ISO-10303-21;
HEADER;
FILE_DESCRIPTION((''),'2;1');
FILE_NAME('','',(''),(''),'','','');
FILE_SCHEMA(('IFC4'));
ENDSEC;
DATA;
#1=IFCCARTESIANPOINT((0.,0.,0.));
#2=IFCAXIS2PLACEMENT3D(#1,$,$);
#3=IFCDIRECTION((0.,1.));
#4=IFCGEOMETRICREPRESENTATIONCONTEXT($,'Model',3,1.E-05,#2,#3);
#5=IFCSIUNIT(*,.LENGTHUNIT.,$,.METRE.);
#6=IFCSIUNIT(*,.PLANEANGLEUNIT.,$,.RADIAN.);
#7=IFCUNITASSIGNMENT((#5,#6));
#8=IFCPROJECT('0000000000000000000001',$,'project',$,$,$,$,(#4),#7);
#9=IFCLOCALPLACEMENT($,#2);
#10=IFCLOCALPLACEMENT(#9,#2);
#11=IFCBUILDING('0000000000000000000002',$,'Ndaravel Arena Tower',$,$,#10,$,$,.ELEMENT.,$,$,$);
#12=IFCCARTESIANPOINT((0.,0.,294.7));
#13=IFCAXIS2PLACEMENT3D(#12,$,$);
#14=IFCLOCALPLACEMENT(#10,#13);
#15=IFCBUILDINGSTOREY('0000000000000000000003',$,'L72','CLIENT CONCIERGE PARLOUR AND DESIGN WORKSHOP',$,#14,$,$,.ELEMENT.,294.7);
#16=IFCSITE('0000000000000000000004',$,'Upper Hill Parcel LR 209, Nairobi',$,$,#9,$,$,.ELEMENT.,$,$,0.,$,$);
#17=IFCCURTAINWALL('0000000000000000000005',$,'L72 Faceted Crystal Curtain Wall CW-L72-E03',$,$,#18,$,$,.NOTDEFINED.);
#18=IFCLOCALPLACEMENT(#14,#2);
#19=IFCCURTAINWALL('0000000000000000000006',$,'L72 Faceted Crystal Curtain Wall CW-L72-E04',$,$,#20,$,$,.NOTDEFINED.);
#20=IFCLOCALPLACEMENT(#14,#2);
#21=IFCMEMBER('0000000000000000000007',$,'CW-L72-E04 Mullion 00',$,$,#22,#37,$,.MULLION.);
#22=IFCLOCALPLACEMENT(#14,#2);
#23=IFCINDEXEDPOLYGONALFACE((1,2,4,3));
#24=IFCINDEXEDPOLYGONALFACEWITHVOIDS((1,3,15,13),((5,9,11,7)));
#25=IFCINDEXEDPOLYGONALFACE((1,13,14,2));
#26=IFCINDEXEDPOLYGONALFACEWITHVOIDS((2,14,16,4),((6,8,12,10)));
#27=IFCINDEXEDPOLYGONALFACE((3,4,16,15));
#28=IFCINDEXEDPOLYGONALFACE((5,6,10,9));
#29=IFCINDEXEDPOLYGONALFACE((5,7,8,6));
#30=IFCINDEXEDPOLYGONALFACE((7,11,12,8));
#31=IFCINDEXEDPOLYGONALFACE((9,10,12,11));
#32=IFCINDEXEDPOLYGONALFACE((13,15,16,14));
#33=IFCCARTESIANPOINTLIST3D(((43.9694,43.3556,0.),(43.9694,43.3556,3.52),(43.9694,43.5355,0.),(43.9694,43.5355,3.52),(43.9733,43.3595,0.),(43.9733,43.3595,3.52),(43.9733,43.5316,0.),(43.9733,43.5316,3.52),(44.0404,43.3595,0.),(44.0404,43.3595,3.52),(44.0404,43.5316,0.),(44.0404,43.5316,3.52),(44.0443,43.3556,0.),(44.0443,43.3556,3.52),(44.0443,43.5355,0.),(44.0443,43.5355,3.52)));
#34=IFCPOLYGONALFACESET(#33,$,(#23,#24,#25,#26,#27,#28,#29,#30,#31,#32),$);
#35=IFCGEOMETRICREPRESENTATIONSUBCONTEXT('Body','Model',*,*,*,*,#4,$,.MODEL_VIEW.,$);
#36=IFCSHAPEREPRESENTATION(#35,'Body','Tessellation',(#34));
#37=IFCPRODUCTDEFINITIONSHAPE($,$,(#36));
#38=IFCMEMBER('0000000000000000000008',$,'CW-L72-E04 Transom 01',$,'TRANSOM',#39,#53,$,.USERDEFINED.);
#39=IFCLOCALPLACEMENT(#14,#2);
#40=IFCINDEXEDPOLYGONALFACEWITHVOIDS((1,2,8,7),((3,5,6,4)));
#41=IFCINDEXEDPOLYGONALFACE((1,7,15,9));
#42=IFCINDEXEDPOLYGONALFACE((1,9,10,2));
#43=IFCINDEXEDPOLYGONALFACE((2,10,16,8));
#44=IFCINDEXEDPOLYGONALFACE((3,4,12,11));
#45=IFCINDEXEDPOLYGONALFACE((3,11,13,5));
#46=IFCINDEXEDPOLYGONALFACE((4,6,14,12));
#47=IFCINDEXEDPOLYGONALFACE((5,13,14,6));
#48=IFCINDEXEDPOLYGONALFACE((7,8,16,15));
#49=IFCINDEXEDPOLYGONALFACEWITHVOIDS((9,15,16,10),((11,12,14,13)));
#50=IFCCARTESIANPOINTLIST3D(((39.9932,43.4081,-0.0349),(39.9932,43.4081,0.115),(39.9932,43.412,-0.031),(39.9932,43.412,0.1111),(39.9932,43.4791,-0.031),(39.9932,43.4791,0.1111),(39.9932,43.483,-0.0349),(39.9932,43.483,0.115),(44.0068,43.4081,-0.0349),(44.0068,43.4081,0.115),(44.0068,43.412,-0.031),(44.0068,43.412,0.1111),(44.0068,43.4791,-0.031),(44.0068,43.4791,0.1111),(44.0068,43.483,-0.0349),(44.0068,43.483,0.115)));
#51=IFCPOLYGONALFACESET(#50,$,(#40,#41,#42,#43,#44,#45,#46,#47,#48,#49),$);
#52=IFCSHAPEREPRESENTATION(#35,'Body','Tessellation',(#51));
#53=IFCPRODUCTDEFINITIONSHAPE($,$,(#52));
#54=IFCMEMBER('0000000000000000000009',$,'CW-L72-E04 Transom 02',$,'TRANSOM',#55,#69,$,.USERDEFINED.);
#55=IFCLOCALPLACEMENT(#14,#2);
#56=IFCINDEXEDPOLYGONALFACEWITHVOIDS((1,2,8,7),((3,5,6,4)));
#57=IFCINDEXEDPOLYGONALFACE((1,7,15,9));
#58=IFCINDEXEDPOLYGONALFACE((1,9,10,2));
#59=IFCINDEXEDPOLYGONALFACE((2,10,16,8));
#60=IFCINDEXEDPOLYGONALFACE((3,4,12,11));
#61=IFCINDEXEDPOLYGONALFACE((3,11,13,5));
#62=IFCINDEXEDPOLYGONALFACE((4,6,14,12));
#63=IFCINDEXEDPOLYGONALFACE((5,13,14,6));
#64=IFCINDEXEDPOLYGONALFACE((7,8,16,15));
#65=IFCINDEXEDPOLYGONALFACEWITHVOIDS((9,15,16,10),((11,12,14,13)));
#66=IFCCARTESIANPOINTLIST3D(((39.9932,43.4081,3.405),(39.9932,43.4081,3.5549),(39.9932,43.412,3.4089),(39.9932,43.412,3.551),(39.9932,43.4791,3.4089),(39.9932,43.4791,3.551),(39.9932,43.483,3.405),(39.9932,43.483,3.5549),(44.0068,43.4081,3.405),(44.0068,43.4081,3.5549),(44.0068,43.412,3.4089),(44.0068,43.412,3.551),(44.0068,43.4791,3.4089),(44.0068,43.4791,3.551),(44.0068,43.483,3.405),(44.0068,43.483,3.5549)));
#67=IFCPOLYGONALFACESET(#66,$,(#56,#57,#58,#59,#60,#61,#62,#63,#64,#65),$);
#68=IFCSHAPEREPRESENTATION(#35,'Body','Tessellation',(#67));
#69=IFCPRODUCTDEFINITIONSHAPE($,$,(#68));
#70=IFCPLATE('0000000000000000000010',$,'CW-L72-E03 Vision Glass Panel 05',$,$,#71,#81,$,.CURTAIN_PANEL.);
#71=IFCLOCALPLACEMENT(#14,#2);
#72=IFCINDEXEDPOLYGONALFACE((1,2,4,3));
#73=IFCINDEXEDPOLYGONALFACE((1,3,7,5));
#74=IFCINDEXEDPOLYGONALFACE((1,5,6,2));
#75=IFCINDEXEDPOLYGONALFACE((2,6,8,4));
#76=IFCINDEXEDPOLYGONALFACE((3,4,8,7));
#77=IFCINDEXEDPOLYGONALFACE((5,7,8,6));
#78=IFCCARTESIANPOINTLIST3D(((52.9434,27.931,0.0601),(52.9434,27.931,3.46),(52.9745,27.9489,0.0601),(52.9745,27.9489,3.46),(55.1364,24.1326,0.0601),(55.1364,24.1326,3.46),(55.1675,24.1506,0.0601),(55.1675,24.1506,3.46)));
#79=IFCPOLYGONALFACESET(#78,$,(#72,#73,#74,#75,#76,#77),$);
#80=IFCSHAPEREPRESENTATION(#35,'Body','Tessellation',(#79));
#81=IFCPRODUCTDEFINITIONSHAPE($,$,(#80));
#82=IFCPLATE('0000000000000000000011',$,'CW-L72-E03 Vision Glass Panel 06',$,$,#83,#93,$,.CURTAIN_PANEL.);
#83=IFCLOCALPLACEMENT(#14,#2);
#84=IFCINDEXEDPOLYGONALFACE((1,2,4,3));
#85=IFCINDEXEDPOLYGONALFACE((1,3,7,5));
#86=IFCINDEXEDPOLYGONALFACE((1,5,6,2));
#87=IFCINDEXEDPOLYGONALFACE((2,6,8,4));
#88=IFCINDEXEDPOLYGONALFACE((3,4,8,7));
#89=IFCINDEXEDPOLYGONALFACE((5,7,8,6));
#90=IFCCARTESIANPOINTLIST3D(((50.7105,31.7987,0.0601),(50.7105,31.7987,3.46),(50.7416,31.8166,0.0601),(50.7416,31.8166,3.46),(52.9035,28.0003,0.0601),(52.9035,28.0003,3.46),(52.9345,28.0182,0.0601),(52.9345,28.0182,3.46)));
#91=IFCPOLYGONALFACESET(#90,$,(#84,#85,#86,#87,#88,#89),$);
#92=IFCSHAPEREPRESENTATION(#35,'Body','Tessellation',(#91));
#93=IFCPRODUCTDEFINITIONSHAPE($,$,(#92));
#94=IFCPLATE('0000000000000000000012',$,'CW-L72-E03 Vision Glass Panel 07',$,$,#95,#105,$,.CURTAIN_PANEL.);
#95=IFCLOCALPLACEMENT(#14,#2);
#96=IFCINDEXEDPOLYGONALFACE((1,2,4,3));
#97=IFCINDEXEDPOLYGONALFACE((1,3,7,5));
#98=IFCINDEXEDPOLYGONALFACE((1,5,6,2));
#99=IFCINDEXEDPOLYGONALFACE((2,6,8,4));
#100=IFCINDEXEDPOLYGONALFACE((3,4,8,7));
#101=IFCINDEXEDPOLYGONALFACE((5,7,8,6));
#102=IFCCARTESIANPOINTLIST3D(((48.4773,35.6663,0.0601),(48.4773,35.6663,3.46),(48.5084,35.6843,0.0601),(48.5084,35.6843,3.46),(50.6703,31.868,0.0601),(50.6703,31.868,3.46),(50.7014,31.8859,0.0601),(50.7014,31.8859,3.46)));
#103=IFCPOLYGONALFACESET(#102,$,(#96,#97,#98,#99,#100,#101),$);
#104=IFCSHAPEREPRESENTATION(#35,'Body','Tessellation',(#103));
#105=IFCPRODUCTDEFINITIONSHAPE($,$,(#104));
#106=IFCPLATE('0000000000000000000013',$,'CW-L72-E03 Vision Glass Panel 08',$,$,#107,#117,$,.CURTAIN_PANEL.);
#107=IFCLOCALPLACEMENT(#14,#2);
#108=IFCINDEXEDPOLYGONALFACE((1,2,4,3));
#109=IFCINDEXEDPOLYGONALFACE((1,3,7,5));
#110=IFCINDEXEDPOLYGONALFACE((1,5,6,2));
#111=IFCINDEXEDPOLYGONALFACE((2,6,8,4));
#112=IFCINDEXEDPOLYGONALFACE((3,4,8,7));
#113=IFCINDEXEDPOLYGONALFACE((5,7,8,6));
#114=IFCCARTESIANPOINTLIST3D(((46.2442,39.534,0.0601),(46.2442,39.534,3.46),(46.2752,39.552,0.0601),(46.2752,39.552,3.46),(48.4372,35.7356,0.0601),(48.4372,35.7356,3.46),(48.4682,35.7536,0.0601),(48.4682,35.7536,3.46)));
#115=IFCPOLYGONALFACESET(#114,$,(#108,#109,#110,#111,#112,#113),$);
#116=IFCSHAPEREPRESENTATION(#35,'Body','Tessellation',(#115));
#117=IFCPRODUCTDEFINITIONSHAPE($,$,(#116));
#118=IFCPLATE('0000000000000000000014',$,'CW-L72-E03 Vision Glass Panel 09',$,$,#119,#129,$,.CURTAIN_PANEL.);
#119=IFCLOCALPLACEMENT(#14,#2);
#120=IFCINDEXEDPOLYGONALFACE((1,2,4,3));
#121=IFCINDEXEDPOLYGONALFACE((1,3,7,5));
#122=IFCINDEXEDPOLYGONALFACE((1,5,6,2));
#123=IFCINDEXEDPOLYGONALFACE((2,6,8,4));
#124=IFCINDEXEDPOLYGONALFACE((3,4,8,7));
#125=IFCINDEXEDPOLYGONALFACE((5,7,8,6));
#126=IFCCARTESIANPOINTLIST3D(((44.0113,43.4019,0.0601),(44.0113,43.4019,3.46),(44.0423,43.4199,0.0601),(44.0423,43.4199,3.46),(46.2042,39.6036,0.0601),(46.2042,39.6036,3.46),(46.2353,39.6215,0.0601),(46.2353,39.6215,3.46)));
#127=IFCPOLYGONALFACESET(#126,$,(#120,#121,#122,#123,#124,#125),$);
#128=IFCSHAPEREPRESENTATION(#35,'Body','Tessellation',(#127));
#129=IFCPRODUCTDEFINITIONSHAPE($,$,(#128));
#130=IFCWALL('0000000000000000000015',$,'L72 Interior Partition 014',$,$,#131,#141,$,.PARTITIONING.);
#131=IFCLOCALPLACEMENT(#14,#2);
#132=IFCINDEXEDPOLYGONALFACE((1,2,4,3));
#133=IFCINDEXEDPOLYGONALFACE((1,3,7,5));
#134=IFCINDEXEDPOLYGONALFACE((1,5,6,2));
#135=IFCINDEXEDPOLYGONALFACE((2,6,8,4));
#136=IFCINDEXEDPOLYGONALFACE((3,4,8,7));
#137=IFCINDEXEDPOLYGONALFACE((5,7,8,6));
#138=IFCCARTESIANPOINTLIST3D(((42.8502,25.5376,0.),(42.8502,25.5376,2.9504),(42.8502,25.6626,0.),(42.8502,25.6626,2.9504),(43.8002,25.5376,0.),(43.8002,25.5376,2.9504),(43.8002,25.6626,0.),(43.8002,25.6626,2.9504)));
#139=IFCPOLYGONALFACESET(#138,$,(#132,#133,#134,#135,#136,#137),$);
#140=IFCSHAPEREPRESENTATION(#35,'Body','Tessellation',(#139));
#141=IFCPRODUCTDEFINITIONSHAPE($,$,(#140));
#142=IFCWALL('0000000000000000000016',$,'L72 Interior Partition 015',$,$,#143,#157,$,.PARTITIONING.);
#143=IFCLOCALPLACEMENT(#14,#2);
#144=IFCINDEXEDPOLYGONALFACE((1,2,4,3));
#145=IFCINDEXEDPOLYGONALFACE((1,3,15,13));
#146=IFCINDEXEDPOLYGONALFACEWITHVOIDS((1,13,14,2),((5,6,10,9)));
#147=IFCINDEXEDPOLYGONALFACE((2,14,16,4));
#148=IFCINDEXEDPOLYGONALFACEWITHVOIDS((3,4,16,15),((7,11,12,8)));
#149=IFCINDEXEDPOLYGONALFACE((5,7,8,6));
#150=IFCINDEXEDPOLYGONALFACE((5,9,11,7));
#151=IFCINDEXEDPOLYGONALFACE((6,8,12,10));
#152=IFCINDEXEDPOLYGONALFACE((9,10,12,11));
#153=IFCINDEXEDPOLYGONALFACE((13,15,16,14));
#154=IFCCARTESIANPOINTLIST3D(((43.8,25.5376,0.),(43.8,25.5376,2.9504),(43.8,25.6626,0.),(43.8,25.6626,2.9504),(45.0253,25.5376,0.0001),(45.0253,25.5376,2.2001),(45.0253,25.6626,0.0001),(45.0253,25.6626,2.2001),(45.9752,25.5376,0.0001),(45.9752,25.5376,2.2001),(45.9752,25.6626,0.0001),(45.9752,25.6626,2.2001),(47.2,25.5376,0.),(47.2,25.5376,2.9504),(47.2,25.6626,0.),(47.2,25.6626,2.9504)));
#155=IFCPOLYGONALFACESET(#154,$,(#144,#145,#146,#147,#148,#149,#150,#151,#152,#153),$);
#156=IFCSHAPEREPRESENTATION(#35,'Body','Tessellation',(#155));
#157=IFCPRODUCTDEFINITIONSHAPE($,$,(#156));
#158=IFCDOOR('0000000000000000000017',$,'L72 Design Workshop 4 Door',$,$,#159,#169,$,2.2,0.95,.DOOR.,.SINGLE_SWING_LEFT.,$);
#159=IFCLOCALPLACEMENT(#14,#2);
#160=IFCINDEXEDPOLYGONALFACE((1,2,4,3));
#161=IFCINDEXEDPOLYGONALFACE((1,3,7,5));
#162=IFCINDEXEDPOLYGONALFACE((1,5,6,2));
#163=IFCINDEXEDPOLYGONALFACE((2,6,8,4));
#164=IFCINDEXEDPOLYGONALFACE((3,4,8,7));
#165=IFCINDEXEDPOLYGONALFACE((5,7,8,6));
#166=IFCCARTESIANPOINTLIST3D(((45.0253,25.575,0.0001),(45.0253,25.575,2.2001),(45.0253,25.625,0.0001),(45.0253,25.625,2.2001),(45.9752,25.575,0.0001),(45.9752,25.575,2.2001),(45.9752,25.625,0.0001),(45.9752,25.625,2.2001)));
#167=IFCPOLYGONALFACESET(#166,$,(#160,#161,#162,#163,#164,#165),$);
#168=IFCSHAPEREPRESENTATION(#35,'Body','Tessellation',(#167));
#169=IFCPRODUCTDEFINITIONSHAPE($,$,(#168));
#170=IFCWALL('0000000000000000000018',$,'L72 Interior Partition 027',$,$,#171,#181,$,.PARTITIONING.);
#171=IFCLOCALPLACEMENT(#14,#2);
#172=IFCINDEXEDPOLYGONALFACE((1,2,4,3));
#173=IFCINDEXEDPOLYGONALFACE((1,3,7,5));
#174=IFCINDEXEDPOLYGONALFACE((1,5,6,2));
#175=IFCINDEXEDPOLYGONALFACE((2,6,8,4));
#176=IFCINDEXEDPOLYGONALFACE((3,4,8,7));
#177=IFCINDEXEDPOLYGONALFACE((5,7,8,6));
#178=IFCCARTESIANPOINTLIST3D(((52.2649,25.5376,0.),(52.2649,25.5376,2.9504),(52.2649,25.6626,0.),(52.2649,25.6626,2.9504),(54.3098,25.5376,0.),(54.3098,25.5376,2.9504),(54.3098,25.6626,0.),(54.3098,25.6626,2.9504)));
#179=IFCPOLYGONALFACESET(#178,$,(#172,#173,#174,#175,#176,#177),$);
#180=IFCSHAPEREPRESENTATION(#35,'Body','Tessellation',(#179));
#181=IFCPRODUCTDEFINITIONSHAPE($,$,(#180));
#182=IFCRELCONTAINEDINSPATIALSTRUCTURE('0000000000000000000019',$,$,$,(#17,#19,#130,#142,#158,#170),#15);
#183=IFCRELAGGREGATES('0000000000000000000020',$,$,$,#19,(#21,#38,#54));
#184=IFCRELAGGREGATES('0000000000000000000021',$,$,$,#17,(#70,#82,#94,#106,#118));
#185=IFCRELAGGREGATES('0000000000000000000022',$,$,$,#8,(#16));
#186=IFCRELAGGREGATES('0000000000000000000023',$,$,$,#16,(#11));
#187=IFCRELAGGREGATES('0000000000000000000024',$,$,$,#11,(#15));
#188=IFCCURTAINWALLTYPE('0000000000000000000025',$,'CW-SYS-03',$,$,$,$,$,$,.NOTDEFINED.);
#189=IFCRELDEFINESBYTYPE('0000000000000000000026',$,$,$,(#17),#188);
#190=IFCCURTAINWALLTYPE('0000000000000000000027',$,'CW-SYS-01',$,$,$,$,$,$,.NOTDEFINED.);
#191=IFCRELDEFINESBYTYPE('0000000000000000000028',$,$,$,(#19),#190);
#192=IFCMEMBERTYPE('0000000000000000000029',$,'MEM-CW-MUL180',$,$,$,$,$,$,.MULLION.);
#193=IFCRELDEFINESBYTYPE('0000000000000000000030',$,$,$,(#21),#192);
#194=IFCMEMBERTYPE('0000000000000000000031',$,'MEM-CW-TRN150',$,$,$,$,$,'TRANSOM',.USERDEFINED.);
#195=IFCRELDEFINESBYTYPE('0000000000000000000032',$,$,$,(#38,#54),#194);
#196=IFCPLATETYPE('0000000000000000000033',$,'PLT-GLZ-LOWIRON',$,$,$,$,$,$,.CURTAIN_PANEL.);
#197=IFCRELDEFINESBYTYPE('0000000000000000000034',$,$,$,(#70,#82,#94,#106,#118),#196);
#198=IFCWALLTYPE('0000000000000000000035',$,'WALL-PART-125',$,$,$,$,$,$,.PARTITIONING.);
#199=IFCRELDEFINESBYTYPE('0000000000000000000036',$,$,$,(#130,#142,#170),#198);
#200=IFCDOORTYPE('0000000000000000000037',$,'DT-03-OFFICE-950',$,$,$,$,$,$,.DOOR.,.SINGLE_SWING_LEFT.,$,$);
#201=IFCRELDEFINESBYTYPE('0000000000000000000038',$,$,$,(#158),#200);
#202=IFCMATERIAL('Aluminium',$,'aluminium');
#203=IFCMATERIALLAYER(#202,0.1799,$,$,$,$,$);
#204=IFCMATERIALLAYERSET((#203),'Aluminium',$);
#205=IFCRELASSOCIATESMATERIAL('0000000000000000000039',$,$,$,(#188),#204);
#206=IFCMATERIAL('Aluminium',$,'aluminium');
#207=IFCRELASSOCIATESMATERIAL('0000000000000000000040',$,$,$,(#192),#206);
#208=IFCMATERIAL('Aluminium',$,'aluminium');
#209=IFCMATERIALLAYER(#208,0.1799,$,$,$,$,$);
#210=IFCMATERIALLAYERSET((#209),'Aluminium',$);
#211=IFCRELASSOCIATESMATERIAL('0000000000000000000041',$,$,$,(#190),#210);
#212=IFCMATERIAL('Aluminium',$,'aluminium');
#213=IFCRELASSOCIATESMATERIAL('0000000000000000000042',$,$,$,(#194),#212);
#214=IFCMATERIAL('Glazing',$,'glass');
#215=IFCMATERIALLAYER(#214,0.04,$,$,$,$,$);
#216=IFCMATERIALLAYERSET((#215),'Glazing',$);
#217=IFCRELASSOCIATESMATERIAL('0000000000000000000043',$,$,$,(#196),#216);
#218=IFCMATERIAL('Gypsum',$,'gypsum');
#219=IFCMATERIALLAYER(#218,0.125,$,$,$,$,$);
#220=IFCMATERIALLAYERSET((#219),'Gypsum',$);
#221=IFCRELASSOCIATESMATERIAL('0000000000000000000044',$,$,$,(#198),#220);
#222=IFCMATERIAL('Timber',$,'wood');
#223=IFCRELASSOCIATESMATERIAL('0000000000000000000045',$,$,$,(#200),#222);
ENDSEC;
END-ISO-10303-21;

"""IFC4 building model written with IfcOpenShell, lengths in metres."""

from ifc_helpers import new_model, si_unit, direction, frame, frame_2d, origin, origin_2d, place, context, subcontext, project, spatial, rectangle, hollow_rectangle, extrude, material, layer, layer_set, material_profile, profile_set, type_object, element, fill, aggregate, save


model = new_model("IFC4")

# Units and contexts
model_context = context("Model", 3, precision=1e-05, world=origin(), true_north=direction((0.0, 1.0)))
body_context = subcontext(model_context, "Body", "Model", "MODEL_VIEW")
ifc_project = project(units=[si_unit("LENGTHUNIT", "METRE"), si_unit("PLANEANGLEUNIT", "RADIAN")], contexts=[model_context])

# Site, building, storey
site_placement = place(None, origin())
site = spatial("IfcSite", under=ifc_project, at=site_placement, Name="Upper Hill Parcel LR 209, Nairobi", CompositionType="ELEMENT", RefElevation=0.0)
building_placement = place(site_placement, origin())
building = spatial("IfcBuilding", under=site, at=building_placement, Name="Ndaravel Arena Tower", CompositionType="ELEMENT")
storey_placement = place(building_placement, frame((0.0, 0.0, 294.7)))
storey = spatial("IfcBuildingStorey", under=building, at=storey_placement, Name="L72", Description="CLIENT CONCIERGE PARLOUR AND DESIGN WORKSHOP", CompositionType="ELEMENT", Elevation=294.7)

# Curtain walls, members
ifc_material_1 = material(Name="Aluminium", Category="aluminium")
ifc_layer_1 = layer(ifc_material_1, 0.1799)
ifc_layer_set_1 = layer_set([ifc_layer_1], Name="Aluminium")
curtain_wall_type_1 = type_object("IfcCurtainWallType", Name="CW-SYS-03", PredefinedType="NOTDEFINED", material=ifc_layer_set_1)
curtain_wall_1_placement = place(storey_placement, origin())
curtain_wall_1 = element("IfcCurtainWall", 1, at=curtain_wall_1_placement, inside=storey, type_object=curtain_wall_type_1, Name="L72 Faceted Crystal Curtain Wall CW-L72-E03", PredefinedType="NOTDEFINED")
ifc_material_2 = material(Name="Aluminium", Category="aluminium")
ifc_material_profile_1 = material_profile(ifc_material_2, hollow_rectangle(XDim=0.075, YDim=0.1799, WallThickness=0.0039, at=origin_2d()), Name="CW MULLION 75x180x4")
ifc_profile_set_1 = profile_set([ifc_material_profile_1], Name="Aluminium")
member_type_1 = type_object("IfcMemberType", Name="MEM-CW-MUL180", PredefinedType="MULLION", material=ifc_profile_set_1)
ifc_material_3 = material(Name="Aluminium", Category="aluminium")
ifc_layer_2 = layer(ifc_material_3, 0.1799)
ifc_layer_set_2 = layer_set([ifc_layer_2], Name="Aluminium")
curtain_wall_type_2 = type_object("IfcCurtainWallType", Name="CW-SYS-01", PredefinedType="NOTDEFINED", material=ifc_layer_set_2)
curtain_wall_2_placement = place(storey_placement, origin())
curtain_wall_2 = element("IfcCurtainWall", 2, at=curtain_wall_2_placement, inside=storey, type_object=curtain_wall_type_2, Name="L72 Faceted Crystal Curtain Wall CW-L72-E04", PredefinedType="NOTDEFINED")
member_1_placement = place(storey_placement, frame((44.0068, 43.4456, 0.0), z_axis=(0.0, 0.0, 1.0), x_axis=(-1.0, 0.0, 0.0)))
member_1 = element("IfcMember", 3, at=member_1_placement, type_object=member_type_1, Name="CW-L72-E04 Mullion 00", PredefinedType="MULLION", context=body_context, shape_type="SweptSolid", body=[
    extrude(hollow_rectangle(XDim=0.075, YDim=0.1799, WallThickness=0.0039, at=origin_2d()), origin(), (0.0, 0.0, 1.0), 3.52),
])
ifc_material_4 = material(Name="Aluminium", Category="aluminium")
ifc_material_profile_2 = material_profile(ifc_material_4, hollow_rectangle(XDim=0.075, YDim=0.1499, WallThickness=0.0039, at=origin_2d()), Name="CW TRANSOM 75x150x4")
ifc_profile_set_2 = profile_set([ifc_material_profile_2], Name="Aluminium")
member_type_2 = type_object("IfcMemberType", Name="MEM-CW-TRN150", ElementType="TRANSOM", PredefinedType="USERDEFINED", material=ifc_profile_set_2)
member_2_placement = place(storey_placement, frame((44.0068, 43.4456, 0.04), z_axis=(-1.0, 0.0, 0.0), x_axis=(0.0, -1.0, 0.0)))
member_2 = element("IfcMember", 4, at=member_2_placement, type_object=member_type_2, Name="CW-L72-E04 Transom 01", ObjectType="TRANSOM", PredefinedType="USERDEFINED", context=body_context, shape_type="SweptSolid", body=[
    extrude(hollow_rectangle(XDim=0.075, YDim=0.1499, WallThickness=0.0039, at=origin_2d()), origin(), (0.0, 0.0, 1.0), 4.0137),
])
member_3_placement = place(storey_placement, frame((44.0068, 43.4456, 3.48), z_axis=(-1.0, 0.0, 0.0), x_axis=(0.0, -1.0, 0.0)))
member_3 = element("IfcMember", 5, at=member_3_placement, type_object=member_type_2, Name="CW-L72-E04 Transom 02", ObjectType="TRANSOM", PredefinedType="USERDEFINED", context=body_context, shape_type="SweptSolid", body=[
    extrude(hollow_rectangle(XDim=0.075, YDim=0.1499, WallThickness=0.0039, at=origin_2d()), origin(), (0.0, 0.0, 1.0), 4.0137),
])
aggregate(curtain_wall_2, [member_1, member_2, member_3])

# Plates
ifc_material_5 = material(Name="Glazing", Category="glass")
ifc_layer_3 = layer(ifc_material_5, 0.04)
ifc_layer_set_3 = layer_set([ifc_layer_3], Name="Glazing")
plate_type = type_object("IfcPlateType", Name="PLT-GLZ-LOWIRON", PredefinedType="CURTAIN_PANEL", material=ifc_layer_set_3)
plate_1_placement = place(storey_placement, frame((54.0554, 26.0408, 0.0601), z_axis=(0.0, 0.0, 1.0), x_axis=(-0.5, 0.866025, 0.0)))
plate_1 = element("IfcPlate", 6, at=plate_1_placement, type_object=plate_type, Name="CW-L72-E03 Vision Glass Panel 05", PredefinedType="CURTAIN_PANEL", context=body_context, shape_type="SweptSolid", body=[
    extrude(rectangle(XDim=4.386, YDim=0.0359, at=origin_2d()), origin(), (0.0, 0.0, 1.0), 3.3999),
])
plate_2_placement = place(storey_placement, frame((51.8225, 29.9084, 0.0601), z_axis=(0.0, 0.0, 1.0), x_axis=(-0.5, 0.866025, 0.0)))
plate_2 = element("IfcPlate", 7, at=plate_2_placement, type_object=plate_type, Name="CW-L72-E03 Vision Glass Panel 06", PredefinedType="CURTAIN_PANEL", context=body_context, shape_type="SweptSolid", body=[
    extrude(rectangle(XDim=4.386, YDim=0.0359, at=origin_2d()), origin(), (0.0, 0.0, 1.0), 3.3999),
])
plate_3_placement = place(storey_placement, frame((49.5894, 33.7761, 0.0601), z_axis=(0.0, 0.0, 1.0), x_axis=(-0.5, 0.866025, 0.0)))
plate_3 = element("IfcPlate", 8, at=plate_3_placement, type_object=plate_type, Name="CW-L72-E03 Vision Glass Panel 07", PredefinedType="CURTAIN_PANEL", context=body_context, shape_type="SweptSolid", body=[
    extrude(rectangle(XDim=4.386, YDim=0.0359, at=origin_2d()), origin(), (0.0, 0.0, 1.0), 3.3999),
])
plate_4_placement = place(storey_placement, frame((47.3562, 37.6438, 0.0601), z_axis=(0.0, 0.0, 1.0), x_axis=(-0.5, 0.866025, 0.0)))
plate_4 = element("IfcPlate", 9, at=plate_4_placement, type_object=plate_type, Name="CW-L72-E03 Vision Glass Panel 08", PredefinedType="CURTAIN_PANEL", context=body_context, shape_type="SweptSolid", body=[
    extrude(rectangle(XDim=4.386, YDim=0.0359, at=origin_2d()), origin(), (0.0, 0.0, 1.0), 3.3999),
])
plate_5_placement = place(storey_placement, frame((45.1233, 41.5117, 0.0601), z_axis=(0.0, 0.0, 1.0), x_axis=(-0.5, 0.866025, 0.0)))
plate_5 = element("IfcPlate", 10, at=plate_5_placement, type_object=plate_type, Name="CW-L72-E03 Vision Glass Panel 09", PredefinedType="CURTAIN_PANEL", context=body_context, shape_type="SweptSolid", body=[
    extrude(rectangle(XDim=4.386, YDim=0.0359, at=origin_2d()), origin(), (0.0, 0.0, 1.0), 3.3999),
])
aggregate(curtain_wall_1, [plate_1, plate_2, plate_3, plate_4, plate_5])

# Wall
ifc_material_6 = material(Name="Gypsum", Category="gypsum")
ifc_layer_4 = layer(ifc_material_6, 0.125)
ifc_layer_set_4 = layer_set([ifc_layer_4], Name="Gypsum")
wall_type_1 = type_object("IfcWallType", Name="WALL-PART-125", PredefinedType="PARTITIONING", material=ifc_layer_set_4)
wall_1_placement = place(storey_placement, frame((42.8501, 25.6001, 0.0), z_axis=(0.0, 0.0, 1.0), x_axis=(1.0, 0.0, 0.0)))
element("IfcWall", 11, at=wall_1_placement, inside=storey, type_object=wall_type_1, Name="L72 Interior Partition 014", PredefinedType="PARTITIONING", context=body_context, shape_type="SweptSolid", body=[
    extrude(rectangle(XDim=0.95, YDim=0.125, at=frame_2d((0.4751, 0.0))), origin(), (0.0, 0.0, 1.0), 2.9504),
])

# Wall, opening, door
wall_2_placement = place(storey_placement, frame((43.8, 25.6001, 0.0), z_axis=(0.0, 0.0, 1.0), x_axis=(1.0, 0.0, 0.0)))
wall_2 = element("IfcWall", 12, at=wall_2_placement, inside=storey, type_object=wall_type_1, Name="L72 Interior Partition 015", PredefinedType="PARTITIONING", context=body_context, shape_type="SweptSolid", body=[
    extrude(rectangle(XDim=3.3999, YDim=0.125, at=frame_2d((1.7, 0.0))), origin(), (0.0, 0.0, 1.0), 2.9504),
])
opening_placement = place(wall_2_placement, frame((1.2251, 0.0, 0.0)))
opening = element("IfcOpeningElement", 13, at=opening_placement, cuts=wall_2, PredefinedType="OPENING", context=body_context, shape_type="SweptSolid", body=[
    extrude(rectangle(XDim=0.95, YDim=2.2, at=frame_2d((0.4751, 1.1001))), frame((0.0, 0.0625, 0.0), z_axis=(0.0, -1.0, 0.0), x_axis=(1.0, 0.0, 0.0)), (0.0, 0.0, 1.0), 0.125),
])
ifc_material_7 = material(Name="Timber", Category="wood")
door_type = type_object("IfcDoorType", Name="DT-03-OFFICE-950", OperationType="SINGLE_SWING_LEFT", PredefinedType="DOOR", material=ifc_material_7)
door_placement = place(opening_placement, origin())
door = element("IfcDoor", 14, at=door_placement, inside=storey, type_object=door_type, Name="L72 Design Workshop 4 Door", OperationType="SINGLE_SWING_LEFT", OverallHeight=2.2, OverallWidth=0.95, PredefinedType="DOOR", context=body_context, shape_type="SweptSolid", body=[
    extrude(rectangle(XDim=0.95, YDim=2.2, at=frame_2d((0.4751, 1.1001))), frame((0.0, 0.0249, 0.0), z_axis=(0.0, -1.0, 0.0), x_axis=(1.0, 0.0, 0.0)), (0.0, 0.0, 1.0), 0.05),
])
fill(opening, door)

# Wall
wall_3_placement = place(storey_placement, frame((52.2649, 25.6001, 0.0), z_axis=(0.0, 0.0, 1.0), x_axis=(1.0, 0.0, 0.0)))
element("IfcWall", 15, at=wall_3_placement, inside=storey, type_object=wall_type_1, Name="L72 Interior Partition 027", PredefinedType="PARTITIONING", context=body_context, shape_type="SweptSolid", body=[
    extrude(rectangle(XDim=2.0449, YDim=0.125, at=frame_2d((1.0225, 0.0))), origin(), (0.0, 0.0, 1.0), 2.9504),
])

save(model, "model.ifc")
